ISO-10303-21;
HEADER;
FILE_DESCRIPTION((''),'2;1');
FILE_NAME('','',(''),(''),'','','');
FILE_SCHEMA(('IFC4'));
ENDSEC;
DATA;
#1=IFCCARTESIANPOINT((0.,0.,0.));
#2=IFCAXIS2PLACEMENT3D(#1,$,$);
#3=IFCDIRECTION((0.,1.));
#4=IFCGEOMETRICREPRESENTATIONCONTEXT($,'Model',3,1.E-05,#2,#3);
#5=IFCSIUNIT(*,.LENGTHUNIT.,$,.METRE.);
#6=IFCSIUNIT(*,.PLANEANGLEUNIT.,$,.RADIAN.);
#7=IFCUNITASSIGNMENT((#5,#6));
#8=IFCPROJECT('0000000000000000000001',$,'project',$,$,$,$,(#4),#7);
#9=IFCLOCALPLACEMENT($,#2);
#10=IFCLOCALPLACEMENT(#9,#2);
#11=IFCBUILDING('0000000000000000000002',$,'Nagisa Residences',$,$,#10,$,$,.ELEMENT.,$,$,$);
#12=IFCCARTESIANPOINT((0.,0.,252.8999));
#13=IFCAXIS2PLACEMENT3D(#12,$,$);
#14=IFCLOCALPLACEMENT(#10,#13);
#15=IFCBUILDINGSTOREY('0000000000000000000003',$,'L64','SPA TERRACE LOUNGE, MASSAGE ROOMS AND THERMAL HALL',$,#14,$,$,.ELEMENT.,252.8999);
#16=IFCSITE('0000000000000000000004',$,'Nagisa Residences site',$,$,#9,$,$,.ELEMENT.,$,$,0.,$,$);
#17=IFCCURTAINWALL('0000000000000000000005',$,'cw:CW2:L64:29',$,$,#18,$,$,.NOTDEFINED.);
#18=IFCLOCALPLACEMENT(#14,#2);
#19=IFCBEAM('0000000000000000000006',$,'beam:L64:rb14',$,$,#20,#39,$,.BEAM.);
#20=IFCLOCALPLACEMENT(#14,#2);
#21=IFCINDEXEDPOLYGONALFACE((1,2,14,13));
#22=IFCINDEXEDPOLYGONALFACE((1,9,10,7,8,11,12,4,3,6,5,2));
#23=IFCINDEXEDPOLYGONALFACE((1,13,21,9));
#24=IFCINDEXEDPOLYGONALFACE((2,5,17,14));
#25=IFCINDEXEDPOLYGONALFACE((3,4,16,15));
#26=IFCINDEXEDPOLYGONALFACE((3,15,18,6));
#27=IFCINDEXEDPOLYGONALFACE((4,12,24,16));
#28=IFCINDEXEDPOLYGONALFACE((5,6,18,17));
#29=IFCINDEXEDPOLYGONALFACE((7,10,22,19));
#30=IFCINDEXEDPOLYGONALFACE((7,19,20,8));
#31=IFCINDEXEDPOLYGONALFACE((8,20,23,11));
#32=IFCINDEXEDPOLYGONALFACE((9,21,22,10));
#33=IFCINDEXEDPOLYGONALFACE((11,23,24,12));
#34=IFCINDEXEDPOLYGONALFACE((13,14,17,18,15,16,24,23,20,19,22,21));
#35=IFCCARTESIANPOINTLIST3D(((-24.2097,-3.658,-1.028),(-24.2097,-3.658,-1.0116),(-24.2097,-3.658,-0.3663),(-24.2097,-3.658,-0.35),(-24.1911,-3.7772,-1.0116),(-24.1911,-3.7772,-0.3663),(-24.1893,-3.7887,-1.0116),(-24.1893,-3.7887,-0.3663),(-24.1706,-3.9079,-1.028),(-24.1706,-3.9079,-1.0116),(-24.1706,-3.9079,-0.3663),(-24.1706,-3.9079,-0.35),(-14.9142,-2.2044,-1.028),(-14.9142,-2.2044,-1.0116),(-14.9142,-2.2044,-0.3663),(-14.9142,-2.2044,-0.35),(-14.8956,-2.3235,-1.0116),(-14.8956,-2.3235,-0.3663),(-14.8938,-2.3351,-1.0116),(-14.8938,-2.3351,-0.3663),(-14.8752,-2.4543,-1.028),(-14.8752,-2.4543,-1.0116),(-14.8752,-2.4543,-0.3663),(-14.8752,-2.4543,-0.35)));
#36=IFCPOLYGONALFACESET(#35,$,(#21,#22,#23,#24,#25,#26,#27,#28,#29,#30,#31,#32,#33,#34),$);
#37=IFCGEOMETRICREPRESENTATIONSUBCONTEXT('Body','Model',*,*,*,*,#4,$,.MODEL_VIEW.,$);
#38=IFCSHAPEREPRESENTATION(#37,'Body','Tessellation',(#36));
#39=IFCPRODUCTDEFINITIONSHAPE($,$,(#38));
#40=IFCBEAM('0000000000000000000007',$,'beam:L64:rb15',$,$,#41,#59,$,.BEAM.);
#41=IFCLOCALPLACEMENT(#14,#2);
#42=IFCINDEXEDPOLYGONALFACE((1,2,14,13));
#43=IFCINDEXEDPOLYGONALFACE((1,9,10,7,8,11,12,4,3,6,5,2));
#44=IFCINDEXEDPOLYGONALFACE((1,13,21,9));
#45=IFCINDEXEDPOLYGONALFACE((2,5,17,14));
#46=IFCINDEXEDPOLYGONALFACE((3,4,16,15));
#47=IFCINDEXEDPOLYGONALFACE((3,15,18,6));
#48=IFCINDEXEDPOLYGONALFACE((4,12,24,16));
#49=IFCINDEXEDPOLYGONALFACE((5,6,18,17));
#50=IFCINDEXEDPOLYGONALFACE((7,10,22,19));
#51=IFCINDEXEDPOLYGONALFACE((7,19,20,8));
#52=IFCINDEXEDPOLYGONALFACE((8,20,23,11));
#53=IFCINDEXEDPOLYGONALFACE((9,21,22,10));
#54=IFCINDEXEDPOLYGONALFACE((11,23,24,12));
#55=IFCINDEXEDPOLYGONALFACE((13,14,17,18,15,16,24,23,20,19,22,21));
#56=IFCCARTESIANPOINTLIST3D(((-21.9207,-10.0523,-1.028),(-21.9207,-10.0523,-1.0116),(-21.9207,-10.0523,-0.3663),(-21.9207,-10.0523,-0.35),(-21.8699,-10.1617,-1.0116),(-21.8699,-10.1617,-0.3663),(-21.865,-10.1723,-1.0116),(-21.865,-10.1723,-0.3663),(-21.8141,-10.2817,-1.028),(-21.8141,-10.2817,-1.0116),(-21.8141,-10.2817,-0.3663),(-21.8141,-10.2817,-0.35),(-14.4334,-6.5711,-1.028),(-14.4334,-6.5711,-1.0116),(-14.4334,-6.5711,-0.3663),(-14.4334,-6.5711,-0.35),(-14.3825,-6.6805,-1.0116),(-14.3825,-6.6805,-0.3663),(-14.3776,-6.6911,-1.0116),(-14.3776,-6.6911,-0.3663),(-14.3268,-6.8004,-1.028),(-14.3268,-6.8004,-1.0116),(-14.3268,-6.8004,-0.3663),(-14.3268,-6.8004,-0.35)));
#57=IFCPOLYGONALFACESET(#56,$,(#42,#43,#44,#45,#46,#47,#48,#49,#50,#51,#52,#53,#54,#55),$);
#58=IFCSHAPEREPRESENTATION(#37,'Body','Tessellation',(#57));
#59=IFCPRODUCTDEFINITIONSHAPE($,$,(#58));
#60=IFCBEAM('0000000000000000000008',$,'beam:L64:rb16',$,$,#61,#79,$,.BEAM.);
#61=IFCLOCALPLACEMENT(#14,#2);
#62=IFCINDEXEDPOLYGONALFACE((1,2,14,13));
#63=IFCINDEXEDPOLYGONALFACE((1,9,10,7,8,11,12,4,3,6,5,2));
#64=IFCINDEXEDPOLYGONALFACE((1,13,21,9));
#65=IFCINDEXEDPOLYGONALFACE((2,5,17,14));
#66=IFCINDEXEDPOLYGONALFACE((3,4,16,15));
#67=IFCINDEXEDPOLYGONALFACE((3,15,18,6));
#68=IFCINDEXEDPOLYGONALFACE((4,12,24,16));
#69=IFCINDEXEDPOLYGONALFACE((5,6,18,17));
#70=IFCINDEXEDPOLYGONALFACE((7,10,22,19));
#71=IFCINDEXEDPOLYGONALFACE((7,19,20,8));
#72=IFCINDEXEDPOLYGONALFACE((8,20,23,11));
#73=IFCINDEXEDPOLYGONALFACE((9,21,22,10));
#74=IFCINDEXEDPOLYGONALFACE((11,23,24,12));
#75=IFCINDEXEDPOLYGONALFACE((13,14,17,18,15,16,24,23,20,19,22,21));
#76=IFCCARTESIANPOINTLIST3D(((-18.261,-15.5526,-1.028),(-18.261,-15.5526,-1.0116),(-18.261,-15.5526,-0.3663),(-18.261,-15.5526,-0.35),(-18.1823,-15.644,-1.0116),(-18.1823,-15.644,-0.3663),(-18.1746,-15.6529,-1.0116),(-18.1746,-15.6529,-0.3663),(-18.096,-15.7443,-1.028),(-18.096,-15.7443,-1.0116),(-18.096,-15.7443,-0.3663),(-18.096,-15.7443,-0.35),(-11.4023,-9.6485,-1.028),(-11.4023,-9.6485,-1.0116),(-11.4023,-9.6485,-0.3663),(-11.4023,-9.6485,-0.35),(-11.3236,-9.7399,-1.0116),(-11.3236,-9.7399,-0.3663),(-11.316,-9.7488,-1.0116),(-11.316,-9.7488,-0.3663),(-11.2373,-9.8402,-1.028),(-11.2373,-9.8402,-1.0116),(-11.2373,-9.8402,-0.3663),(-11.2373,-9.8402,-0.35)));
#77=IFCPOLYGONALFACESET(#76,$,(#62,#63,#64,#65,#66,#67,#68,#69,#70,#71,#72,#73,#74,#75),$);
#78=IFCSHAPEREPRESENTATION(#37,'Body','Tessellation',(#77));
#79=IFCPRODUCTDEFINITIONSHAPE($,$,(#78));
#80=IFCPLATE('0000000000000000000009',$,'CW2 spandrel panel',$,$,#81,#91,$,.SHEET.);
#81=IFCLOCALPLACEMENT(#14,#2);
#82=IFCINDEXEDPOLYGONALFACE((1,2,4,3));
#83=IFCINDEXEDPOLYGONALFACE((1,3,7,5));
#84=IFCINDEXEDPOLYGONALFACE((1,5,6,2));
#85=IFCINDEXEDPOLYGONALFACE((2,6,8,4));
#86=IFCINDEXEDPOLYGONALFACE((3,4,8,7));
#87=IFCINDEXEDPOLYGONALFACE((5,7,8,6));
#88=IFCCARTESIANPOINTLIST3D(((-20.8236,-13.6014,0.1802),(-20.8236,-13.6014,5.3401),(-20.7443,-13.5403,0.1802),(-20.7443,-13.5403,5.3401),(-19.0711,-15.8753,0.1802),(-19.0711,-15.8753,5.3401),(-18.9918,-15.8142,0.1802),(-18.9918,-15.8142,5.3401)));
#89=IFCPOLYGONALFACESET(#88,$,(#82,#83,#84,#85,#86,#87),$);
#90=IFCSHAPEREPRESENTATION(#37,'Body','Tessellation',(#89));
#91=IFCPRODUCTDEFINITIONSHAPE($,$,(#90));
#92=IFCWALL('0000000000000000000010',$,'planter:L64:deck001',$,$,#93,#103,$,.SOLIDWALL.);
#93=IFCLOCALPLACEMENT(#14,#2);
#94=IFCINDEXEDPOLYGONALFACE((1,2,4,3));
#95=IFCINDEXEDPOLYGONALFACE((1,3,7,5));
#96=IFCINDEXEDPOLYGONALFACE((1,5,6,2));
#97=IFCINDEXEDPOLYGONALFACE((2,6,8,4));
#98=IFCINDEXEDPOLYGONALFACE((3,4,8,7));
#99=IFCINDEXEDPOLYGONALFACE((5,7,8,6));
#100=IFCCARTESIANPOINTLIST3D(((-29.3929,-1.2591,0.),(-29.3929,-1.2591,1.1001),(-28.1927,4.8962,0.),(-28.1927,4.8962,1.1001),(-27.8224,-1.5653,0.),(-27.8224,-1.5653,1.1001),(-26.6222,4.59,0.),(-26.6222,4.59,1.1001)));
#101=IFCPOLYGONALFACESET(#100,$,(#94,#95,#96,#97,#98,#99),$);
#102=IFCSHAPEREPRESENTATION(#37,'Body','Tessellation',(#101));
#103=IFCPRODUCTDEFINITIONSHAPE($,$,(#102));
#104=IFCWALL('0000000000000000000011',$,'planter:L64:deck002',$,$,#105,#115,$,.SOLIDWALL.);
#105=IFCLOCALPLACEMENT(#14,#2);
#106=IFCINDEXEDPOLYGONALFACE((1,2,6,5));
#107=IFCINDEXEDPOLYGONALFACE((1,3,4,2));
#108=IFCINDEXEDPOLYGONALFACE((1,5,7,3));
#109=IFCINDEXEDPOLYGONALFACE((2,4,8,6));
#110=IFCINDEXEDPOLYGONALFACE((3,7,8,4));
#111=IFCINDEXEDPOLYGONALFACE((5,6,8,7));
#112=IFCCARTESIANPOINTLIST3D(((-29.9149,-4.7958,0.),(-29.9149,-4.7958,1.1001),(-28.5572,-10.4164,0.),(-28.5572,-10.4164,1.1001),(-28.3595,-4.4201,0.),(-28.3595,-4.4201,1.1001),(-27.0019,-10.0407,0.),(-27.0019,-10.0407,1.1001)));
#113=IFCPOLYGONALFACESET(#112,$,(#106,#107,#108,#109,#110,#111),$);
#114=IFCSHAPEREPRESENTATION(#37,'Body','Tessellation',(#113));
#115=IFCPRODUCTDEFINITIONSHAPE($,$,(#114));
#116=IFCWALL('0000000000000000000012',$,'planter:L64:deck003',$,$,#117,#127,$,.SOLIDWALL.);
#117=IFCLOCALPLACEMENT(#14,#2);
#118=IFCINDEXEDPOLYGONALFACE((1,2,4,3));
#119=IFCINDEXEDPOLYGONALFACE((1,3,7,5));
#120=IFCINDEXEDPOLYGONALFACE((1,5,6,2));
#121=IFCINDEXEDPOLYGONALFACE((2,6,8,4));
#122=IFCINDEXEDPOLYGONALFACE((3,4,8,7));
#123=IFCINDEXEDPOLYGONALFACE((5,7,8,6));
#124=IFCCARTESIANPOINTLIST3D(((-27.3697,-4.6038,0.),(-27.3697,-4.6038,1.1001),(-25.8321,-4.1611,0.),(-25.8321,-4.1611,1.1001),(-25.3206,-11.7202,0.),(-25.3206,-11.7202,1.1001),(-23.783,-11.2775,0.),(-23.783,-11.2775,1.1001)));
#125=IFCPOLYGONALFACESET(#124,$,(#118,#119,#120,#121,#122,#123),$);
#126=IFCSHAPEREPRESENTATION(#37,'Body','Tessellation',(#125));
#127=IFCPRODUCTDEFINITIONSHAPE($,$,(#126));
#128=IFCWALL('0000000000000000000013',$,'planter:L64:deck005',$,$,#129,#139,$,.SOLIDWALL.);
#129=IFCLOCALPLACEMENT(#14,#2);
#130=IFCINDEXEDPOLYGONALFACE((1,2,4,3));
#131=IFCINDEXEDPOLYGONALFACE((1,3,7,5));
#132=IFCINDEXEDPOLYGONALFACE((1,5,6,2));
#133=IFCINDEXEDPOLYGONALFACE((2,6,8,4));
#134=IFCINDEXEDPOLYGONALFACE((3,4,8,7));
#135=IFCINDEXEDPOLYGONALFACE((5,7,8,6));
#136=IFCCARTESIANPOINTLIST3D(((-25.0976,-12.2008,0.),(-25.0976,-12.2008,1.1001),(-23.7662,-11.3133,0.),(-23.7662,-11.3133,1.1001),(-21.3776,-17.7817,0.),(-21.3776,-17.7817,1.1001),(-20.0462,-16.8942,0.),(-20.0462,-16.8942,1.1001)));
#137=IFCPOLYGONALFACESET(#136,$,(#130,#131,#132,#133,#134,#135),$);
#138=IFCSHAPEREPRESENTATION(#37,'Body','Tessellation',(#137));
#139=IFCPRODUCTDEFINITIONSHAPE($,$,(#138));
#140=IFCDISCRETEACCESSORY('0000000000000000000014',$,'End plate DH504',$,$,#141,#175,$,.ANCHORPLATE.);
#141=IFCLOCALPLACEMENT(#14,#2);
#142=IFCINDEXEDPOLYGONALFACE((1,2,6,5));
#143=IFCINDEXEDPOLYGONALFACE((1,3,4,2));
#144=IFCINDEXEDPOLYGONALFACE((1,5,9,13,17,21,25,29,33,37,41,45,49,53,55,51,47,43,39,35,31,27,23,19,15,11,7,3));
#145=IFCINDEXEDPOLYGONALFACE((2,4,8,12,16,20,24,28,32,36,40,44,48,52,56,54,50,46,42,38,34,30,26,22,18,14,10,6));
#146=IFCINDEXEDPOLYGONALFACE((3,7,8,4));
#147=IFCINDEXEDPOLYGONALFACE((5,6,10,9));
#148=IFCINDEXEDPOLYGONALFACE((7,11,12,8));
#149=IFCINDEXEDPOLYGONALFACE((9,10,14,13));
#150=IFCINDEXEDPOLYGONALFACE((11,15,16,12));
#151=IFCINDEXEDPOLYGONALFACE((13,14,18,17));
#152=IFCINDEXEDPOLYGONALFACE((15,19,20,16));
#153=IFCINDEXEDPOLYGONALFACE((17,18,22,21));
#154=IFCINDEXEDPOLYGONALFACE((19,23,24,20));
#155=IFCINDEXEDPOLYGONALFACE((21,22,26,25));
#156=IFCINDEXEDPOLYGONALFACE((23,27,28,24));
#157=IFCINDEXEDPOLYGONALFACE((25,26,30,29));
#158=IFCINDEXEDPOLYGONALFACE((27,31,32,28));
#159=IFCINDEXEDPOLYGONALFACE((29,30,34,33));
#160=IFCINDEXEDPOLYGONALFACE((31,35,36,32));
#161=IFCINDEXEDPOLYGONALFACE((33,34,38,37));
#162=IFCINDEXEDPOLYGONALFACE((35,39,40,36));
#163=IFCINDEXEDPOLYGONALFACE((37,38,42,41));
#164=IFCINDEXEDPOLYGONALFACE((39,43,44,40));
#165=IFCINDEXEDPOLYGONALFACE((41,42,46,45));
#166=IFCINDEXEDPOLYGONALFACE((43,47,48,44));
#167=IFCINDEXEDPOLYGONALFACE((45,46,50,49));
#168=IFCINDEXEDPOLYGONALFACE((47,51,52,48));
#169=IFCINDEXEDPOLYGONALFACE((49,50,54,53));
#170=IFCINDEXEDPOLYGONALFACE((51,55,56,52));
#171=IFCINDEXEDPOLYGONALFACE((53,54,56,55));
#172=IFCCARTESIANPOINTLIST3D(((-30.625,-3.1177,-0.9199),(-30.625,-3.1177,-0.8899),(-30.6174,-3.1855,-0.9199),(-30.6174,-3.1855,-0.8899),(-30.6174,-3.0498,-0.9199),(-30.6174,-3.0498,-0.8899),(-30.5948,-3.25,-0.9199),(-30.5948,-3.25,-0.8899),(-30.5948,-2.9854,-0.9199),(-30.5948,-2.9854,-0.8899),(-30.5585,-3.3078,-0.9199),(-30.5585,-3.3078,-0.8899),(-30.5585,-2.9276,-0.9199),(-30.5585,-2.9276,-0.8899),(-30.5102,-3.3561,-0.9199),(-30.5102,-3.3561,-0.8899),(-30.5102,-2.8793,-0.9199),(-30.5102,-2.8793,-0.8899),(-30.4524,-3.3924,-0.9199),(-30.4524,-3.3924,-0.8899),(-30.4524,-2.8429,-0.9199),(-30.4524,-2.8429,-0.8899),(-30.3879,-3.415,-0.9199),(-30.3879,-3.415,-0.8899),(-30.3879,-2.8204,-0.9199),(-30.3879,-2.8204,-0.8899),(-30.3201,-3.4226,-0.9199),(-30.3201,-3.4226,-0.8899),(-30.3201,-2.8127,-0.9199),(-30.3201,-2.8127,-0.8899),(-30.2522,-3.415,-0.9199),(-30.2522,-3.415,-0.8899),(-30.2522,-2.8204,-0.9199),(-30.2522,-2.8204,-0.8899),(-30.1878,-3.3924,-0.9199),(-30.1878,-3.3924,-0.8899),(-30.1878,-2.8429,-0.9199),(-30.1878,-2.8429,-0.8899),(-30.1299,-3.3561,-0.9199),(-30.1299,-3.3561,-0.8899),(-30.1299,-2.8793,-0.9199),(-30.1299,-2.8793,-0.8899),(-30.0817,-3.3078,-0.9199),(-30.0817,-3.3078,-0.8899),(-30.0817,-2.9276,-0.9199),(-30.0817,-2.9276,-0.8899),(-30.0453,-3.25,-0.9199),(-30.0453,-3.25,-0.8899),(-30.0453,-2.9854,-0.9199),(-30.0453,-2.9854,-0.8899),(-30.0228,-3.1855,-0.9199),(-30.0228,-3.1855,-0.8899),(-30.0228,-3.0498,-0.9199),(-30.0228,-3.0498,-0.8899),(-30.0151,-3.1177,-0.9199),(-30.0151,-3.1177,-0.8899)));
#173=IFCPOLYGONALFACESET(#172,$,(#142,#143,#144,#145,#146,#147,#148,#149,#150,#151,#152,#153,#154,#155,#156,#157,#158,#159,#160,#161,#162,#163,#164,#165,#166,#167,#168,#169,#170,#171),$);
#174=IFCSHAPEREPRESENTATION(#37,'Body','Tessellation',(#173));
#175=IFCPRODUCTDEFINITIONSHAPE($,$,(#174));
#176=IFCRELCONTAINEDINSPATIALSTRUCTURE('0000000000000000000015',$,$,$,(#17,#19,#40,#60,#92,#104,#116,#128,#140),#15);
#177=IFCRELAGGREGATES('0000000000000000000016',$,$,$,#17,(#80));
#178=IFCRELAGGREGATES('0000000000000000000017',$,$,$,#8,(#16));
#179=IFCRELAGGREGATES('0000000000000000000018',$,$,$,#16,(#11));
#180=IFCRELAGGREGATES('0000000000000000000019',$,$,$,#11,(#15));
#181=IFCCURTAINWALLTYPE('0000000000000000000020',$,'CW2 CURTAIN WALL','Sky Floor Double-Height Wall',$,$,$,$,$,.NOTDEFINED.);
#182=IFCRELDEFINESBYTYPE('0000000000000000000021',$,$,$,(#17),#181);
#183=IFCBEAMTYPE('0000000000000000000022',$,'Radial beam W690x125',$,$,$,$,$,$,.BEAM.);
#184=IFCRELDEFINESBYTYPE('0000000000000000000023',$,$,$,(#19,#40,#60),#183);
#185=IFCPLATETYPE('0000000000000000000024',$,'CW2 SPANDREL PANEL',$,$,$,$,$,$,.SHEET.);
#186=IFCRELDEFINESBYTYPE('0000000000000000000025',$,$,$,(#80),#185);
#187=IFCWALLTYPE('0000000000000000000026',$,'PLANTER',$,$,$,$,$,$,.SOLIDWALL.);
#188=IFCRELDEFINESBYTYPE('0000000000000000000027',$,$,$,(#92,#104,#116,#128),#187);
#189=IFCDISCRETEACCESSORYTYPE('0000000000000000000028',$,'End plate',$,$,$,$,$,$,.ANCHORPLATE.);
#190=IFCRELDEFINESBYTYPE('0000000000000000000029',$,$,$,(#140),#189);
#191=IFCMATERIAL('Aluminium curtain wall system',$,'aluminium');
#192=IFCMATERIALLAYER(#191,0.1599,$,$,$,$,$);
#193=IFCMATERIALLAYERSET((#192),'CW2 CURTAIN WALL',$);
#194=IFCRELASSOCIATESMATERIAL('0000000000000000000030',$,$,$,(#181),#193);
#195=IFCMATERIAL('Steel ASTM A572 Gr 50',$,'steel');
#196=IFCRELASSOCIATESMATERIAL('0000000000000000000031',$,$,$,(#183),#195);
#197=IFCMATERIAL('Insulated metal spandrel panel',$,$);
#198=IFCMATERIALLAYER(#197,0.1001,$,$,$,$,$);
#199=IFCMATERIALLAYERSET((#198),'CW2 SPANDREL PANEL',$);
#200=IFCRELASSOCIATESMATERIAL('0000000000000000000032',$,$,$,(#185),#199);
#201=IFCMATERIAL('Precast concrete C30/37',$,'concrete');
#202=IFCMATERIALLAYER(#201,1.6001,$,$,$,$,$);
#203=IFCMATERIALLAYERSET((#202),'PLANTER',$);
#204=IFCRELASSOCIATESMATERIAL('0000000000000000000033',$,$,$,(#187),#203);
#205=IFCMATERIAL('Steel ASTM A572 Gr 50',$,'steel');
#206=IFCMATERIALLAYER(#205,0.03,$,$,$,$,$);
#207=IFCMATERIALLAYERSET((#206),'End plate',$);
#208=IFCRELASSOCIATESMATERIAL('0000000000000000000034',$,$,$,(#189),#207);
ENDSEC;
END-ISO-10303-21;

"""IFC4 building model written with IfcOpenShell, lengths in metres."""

from ifc_helpers import new_model, si_unit, direction, frame, frame_2d, origin, origin_2d, place, context, subcontext, project, spatial, rectangle, circle, i_section, extrude, material, layer, layer_set, material_profile, profile_set, type_object, element, aggregate, save


model = new_model("IFC4")

# Units and contexts
model_context = context("Model", 3, precision=1e-05, world=origin(), true_north=direction((0.0, 1.0)))
body_context = subcontext(model_context, "Body", "Model", "MODEL_VIEW")
ifc_project = project(units=[si_unit("LENGTHUNIT", "METRE"), si_unit("PLANEANGLEUNIT", "RADIAN")], contexts=[model_context])

# Site, building, storey
site_placement = place(None, origin())
site = spatial("IfcSite", under=ifc_project, at=site_placement, Name="Nagisa Residences site", CompositionType="ELEMENT", RefElevation=0.0)
building_placement = place(site_placement, origin())
building = spatial("IfcBuilding", under=site, at=building_placement, Name="Nagisa Residences", CompositionType="ELEMENT")
storey_placement = place(building_placement, frame((0.0, 0.0, 252.8999)))
storey = spatial("IfcBuildingStorey", under=building, at=storey_placement, Name="L64", Description="SPA TERRACE LOUNGE, MASSAGE ROOMS AND THERMAL HALL", CompositionType="ELEMENT", Elevation=252.8999)

# Curtain wall
ifc_material_1 = material(Name="Aluminium curtain wall system", Category="aluminium")
ifc_layer_1 = layer(ifc_material_1, 0.1599)
ifc_layer_set_1 = layer_set([ifc_layer_1], Name="CW2 CURTAIN WALL")
curtain_wall_type = type_object("IfcCurtainWallType", Name="CW2 CURTAIN WALL", Description="Sky Floor Double-Height Wall", PredefinedType="NOTDEFINED", material=ifc_layer_set_1)
curtain_wall_1_placement = place(storey_placement, origin())
curtain_wall_1 = element("IfcCurtainWall", 1, at=curtain_wall_1_placement, inside=storey, type_object=curtain_wall_type, Name="cw:CW2:L64:29", PredefinedType="NOTDEFINED")

# Beams
ifc_material_2 = material(Name="Steel ASTM A572 Gr 50", Category="steel")
ifc_material_profile_1 = material_profile(ifc_material_2, i_section(OverallWidth=0.2529, OverallDepth=0.678, WebThickness=0.0117, FlangeThickness=0.0164, at=origin_2d()), Name="W690x125")
ifc_profile_set_1 = profile_set([ifc_material_profile_1], Name="Steel ASTM A572 Gr 50")
beam_type_1 = type_object("IfcBeamType", Name="Radial beam W690x125", PredefinedType="BEAM", material=ifc_profile_set_1)
beam_1_placement = place(storey_placement, frame((-24.1902, -3.783, -0.689), z_axis=(0.987992, 0.154502, 0.0), x_axis=(-0.154502, 0.987992, 0.0)))
element("IfcBeam", 2, at=beam_1_placement, inside=storey, type_object=beam_type_1, Name="beam:L64:rb14", PredefinedType="BEAM", context=body_context, shape_type="SweptSolid", body=[
    extrude(i_section(OverallWidth=0.2529, OverallDepth=0.678, WebThickness=0.0117, FlangeThickness=0.0164, at=origin_2d()), origin(), (0.0, 0.0, 1.0), 9.4084),
])
beam_2_placement = place(storey_placement, frame((-21.8674, -10.167, -0.689), z_axis=(0.90678, 0.421605, 0.0), x_axis=(-0.421605, 0.90678, 0.0)))
element("IfcBeam", 3, at=beam_2_placement, inside=storey, type_object=beam_type_1, Name="beam:L64:rb15", PredefinedType="BEAM", context=body_context, shape_type="SweptSolid", body=[
    extrude(i_section(OverallWidth=0.2529, OverallDepth=0.678, WebThickness=0.0117, FlangeThickness=0.0164, at=origin_2d()), origin(), (0.0, 0.0, 1.0), 8.2571),
])
beam_3_placement = place(storey_placement, frame((-18.1785, -15.6484, -0.689), z_axis=(0.757878, 0.652396, 0.0), x_axis=(-0.652396, 0.757878, 0.0)))
element("IfcBeam", 4, at=beam_3_placement, inside=storey, type_object=beam_type_1, Name="beam:L64:rb16", PredefinedType="BEAM", context=body_context, shape_type="SweptSolid", body=[
    extrude(i_section(OverallWidth=0.2529, OverallDepth=0.678, WebThickness=0.0117, FlangeThickness=0.0164, at=origin_2d()), origin(), (0.0, 0.0, 1.0), 9.0498),
])

# Plate
ifc_material_3 = material(Name="Insulated metal spandrel panel")
ifc_layer_2 = layer(ifc_material_3, 0.1001)
ifc_layer_set_2 = layer_set([ifc_layer_2], Name="CW2 SPANDREL PANEL")
plate_type = type_object("IfcPlateType", Name="CW2 SPANDREL PANEL", PredefinedType="SHEET", material=ifc_layer_set_2)
plate_placement = place(storey_placement, frame((-19.9077, -14.7078, 0.1802), z_axis=(0.0, 0.0, 1.0), x_axis=(0.61043, -0.79207, 0.0)))
plate = element("IfcPlate", 5, at=plate_placement, type_object=plate_type, Name="CW2 spandrel panel", PredefinedType="SHEET", context=body_context, shape_type="SweptSolid", body=[
    extrude(rectangle(XDim=2.8708, YDim=0.1001, at=origin_2d()), origin(), (0.0, 0.0, 1.0), 5.1599),
])
aggregate(curtain_wall_1, [plate])

# Walls
ifc_material_4 = material(Name="Precast concrete C30/37", Category="concrete")
ifc_layer_3 = layer(ifc_material_4, 1.6001)
ifc_layer_set_3 = layer_set([ifc_layer_3], Name="PLANTER")
wall_type_1 = type_object("IfcWallType", Name="PLANTER", PredefinedType="SOLIDWALL", material=ifc_layer_set_3)
wall_1_placement = place(storey_placement, frame((-28.6077, -1.4124, 0.0), z_axis=(0.0, 0.0, 1.0), x_axis=(0.191382, 0.981516, 0.0)))
element("IfcWall", 6, at=wall_1_placement, inside=storey, type_object=wall_type_1, Name="planter:L64:deck001", PredefinedType="SOLIDWALL", context=body_context, shape_type="SweptSolid", body=[
    extrude(rectangle(XDim=6.2712, YDim=1.6001, at=frame_2d((3.1357, 0.0))), origin(), (0.0, 0.0, 1.0), 1.1001),
])
wall_2_placement = place(storey_placement, frame((-27.7795, -10.2285, 0.0), z_axis=(0.0, 0.0, 1.0), x_axis=(-0.234799, 0.972044, 0.0)))
element("IfcWall", 7, at=wall_2_placement, inside=storey, type_object=wall_type_1, Name="planter:L64:deck002", PredefinedType="SOLIDWALL", context=body_context, shape_type="SweptSolid", body=[
    extrude(rectangle(XDim=5.7822, YDim=1.6001, at=frame_2d((2.8911, 0.0))), origin(), (0.0, 0.0, 1.0), 1.1001),
])
wall_3_placement = place(storey_placement, frame((-26.6008, -4.3826, 0.0), z_axis=(0.0, 0.0, 1.0), x_axis=(0.276693, -0.960958, 0.0)))
element("IfcWall", 8, at=wall_3_placement, inside=storey, type_object=wall_type_1, Name="planter:L64:deck003", PredefinedType="SOLIDWALL", context=body_context, shape_type="SweptSolid", body=[
    extrude(rectangle(XDim=7.4055, YDim=1.6001, at=frame_2d((3.7026, 0.0))), origin(), (0.0, 0.0, 1.0), 1.1001),
])
wall_4_placement = place(storey_placement, frame((-24.4319, -11.7571, 0.0), z_axis=(0.0, 0.0, 1.0), x_axis=(0.554641, -0.832089, 0.0)))
element("IfcWall", 9, at=wall_4_placement, inside=storey, type_object=wall_type_1, Name="planter:L64:deck005", PredefinedType="SOLIDWALL", context=body_context, shape_type="SweptSolid", body=[
    extrude(rectangle(XDim=6.707, YDim=1.6001, at=frame_2d((3.3535, 0.0))), origin(), (0.0, 0.0, 1.0), 1.1001),
])

# Discrete accessory
ifc_material_5 = material(Name="Steel ASTM A572 Gr 50", Category="steel")
ifc_layer_4 = layer(ifc_material_5, 0.03)
ifc_layer_set_4 = layer_set([ifc_layer_4], Name="End plate")
discrete_accessory_type = type_object("IfcDiscreteAccessoryType", Name="End plate", PredefinedType="ANCHORPLATE", material=ifc_layer_set_4)
discrete_accessory_placement = place(storey_placement, frame((-30.3201, -3.1177, -0.8899), z_axis=(0.0, 0.0, -1.0), x_axis=(1.0, 0.0, 0.0)))
element("IfcDiscreteAccessory", 10, at=discrete_accessory_placement, inside=storey, type_object=discrete_accessory_type, Name="End plate DH504", PredefinedType="ANCHORPLATE", context=body_context, shape_type="SweptSolid", body=[
    extrude(circle(Radius=0.3049, at=origin_2d()), origin(), (0.0, 0.0, 1.0), 0.03),
])

save(model, "model.ifc")
